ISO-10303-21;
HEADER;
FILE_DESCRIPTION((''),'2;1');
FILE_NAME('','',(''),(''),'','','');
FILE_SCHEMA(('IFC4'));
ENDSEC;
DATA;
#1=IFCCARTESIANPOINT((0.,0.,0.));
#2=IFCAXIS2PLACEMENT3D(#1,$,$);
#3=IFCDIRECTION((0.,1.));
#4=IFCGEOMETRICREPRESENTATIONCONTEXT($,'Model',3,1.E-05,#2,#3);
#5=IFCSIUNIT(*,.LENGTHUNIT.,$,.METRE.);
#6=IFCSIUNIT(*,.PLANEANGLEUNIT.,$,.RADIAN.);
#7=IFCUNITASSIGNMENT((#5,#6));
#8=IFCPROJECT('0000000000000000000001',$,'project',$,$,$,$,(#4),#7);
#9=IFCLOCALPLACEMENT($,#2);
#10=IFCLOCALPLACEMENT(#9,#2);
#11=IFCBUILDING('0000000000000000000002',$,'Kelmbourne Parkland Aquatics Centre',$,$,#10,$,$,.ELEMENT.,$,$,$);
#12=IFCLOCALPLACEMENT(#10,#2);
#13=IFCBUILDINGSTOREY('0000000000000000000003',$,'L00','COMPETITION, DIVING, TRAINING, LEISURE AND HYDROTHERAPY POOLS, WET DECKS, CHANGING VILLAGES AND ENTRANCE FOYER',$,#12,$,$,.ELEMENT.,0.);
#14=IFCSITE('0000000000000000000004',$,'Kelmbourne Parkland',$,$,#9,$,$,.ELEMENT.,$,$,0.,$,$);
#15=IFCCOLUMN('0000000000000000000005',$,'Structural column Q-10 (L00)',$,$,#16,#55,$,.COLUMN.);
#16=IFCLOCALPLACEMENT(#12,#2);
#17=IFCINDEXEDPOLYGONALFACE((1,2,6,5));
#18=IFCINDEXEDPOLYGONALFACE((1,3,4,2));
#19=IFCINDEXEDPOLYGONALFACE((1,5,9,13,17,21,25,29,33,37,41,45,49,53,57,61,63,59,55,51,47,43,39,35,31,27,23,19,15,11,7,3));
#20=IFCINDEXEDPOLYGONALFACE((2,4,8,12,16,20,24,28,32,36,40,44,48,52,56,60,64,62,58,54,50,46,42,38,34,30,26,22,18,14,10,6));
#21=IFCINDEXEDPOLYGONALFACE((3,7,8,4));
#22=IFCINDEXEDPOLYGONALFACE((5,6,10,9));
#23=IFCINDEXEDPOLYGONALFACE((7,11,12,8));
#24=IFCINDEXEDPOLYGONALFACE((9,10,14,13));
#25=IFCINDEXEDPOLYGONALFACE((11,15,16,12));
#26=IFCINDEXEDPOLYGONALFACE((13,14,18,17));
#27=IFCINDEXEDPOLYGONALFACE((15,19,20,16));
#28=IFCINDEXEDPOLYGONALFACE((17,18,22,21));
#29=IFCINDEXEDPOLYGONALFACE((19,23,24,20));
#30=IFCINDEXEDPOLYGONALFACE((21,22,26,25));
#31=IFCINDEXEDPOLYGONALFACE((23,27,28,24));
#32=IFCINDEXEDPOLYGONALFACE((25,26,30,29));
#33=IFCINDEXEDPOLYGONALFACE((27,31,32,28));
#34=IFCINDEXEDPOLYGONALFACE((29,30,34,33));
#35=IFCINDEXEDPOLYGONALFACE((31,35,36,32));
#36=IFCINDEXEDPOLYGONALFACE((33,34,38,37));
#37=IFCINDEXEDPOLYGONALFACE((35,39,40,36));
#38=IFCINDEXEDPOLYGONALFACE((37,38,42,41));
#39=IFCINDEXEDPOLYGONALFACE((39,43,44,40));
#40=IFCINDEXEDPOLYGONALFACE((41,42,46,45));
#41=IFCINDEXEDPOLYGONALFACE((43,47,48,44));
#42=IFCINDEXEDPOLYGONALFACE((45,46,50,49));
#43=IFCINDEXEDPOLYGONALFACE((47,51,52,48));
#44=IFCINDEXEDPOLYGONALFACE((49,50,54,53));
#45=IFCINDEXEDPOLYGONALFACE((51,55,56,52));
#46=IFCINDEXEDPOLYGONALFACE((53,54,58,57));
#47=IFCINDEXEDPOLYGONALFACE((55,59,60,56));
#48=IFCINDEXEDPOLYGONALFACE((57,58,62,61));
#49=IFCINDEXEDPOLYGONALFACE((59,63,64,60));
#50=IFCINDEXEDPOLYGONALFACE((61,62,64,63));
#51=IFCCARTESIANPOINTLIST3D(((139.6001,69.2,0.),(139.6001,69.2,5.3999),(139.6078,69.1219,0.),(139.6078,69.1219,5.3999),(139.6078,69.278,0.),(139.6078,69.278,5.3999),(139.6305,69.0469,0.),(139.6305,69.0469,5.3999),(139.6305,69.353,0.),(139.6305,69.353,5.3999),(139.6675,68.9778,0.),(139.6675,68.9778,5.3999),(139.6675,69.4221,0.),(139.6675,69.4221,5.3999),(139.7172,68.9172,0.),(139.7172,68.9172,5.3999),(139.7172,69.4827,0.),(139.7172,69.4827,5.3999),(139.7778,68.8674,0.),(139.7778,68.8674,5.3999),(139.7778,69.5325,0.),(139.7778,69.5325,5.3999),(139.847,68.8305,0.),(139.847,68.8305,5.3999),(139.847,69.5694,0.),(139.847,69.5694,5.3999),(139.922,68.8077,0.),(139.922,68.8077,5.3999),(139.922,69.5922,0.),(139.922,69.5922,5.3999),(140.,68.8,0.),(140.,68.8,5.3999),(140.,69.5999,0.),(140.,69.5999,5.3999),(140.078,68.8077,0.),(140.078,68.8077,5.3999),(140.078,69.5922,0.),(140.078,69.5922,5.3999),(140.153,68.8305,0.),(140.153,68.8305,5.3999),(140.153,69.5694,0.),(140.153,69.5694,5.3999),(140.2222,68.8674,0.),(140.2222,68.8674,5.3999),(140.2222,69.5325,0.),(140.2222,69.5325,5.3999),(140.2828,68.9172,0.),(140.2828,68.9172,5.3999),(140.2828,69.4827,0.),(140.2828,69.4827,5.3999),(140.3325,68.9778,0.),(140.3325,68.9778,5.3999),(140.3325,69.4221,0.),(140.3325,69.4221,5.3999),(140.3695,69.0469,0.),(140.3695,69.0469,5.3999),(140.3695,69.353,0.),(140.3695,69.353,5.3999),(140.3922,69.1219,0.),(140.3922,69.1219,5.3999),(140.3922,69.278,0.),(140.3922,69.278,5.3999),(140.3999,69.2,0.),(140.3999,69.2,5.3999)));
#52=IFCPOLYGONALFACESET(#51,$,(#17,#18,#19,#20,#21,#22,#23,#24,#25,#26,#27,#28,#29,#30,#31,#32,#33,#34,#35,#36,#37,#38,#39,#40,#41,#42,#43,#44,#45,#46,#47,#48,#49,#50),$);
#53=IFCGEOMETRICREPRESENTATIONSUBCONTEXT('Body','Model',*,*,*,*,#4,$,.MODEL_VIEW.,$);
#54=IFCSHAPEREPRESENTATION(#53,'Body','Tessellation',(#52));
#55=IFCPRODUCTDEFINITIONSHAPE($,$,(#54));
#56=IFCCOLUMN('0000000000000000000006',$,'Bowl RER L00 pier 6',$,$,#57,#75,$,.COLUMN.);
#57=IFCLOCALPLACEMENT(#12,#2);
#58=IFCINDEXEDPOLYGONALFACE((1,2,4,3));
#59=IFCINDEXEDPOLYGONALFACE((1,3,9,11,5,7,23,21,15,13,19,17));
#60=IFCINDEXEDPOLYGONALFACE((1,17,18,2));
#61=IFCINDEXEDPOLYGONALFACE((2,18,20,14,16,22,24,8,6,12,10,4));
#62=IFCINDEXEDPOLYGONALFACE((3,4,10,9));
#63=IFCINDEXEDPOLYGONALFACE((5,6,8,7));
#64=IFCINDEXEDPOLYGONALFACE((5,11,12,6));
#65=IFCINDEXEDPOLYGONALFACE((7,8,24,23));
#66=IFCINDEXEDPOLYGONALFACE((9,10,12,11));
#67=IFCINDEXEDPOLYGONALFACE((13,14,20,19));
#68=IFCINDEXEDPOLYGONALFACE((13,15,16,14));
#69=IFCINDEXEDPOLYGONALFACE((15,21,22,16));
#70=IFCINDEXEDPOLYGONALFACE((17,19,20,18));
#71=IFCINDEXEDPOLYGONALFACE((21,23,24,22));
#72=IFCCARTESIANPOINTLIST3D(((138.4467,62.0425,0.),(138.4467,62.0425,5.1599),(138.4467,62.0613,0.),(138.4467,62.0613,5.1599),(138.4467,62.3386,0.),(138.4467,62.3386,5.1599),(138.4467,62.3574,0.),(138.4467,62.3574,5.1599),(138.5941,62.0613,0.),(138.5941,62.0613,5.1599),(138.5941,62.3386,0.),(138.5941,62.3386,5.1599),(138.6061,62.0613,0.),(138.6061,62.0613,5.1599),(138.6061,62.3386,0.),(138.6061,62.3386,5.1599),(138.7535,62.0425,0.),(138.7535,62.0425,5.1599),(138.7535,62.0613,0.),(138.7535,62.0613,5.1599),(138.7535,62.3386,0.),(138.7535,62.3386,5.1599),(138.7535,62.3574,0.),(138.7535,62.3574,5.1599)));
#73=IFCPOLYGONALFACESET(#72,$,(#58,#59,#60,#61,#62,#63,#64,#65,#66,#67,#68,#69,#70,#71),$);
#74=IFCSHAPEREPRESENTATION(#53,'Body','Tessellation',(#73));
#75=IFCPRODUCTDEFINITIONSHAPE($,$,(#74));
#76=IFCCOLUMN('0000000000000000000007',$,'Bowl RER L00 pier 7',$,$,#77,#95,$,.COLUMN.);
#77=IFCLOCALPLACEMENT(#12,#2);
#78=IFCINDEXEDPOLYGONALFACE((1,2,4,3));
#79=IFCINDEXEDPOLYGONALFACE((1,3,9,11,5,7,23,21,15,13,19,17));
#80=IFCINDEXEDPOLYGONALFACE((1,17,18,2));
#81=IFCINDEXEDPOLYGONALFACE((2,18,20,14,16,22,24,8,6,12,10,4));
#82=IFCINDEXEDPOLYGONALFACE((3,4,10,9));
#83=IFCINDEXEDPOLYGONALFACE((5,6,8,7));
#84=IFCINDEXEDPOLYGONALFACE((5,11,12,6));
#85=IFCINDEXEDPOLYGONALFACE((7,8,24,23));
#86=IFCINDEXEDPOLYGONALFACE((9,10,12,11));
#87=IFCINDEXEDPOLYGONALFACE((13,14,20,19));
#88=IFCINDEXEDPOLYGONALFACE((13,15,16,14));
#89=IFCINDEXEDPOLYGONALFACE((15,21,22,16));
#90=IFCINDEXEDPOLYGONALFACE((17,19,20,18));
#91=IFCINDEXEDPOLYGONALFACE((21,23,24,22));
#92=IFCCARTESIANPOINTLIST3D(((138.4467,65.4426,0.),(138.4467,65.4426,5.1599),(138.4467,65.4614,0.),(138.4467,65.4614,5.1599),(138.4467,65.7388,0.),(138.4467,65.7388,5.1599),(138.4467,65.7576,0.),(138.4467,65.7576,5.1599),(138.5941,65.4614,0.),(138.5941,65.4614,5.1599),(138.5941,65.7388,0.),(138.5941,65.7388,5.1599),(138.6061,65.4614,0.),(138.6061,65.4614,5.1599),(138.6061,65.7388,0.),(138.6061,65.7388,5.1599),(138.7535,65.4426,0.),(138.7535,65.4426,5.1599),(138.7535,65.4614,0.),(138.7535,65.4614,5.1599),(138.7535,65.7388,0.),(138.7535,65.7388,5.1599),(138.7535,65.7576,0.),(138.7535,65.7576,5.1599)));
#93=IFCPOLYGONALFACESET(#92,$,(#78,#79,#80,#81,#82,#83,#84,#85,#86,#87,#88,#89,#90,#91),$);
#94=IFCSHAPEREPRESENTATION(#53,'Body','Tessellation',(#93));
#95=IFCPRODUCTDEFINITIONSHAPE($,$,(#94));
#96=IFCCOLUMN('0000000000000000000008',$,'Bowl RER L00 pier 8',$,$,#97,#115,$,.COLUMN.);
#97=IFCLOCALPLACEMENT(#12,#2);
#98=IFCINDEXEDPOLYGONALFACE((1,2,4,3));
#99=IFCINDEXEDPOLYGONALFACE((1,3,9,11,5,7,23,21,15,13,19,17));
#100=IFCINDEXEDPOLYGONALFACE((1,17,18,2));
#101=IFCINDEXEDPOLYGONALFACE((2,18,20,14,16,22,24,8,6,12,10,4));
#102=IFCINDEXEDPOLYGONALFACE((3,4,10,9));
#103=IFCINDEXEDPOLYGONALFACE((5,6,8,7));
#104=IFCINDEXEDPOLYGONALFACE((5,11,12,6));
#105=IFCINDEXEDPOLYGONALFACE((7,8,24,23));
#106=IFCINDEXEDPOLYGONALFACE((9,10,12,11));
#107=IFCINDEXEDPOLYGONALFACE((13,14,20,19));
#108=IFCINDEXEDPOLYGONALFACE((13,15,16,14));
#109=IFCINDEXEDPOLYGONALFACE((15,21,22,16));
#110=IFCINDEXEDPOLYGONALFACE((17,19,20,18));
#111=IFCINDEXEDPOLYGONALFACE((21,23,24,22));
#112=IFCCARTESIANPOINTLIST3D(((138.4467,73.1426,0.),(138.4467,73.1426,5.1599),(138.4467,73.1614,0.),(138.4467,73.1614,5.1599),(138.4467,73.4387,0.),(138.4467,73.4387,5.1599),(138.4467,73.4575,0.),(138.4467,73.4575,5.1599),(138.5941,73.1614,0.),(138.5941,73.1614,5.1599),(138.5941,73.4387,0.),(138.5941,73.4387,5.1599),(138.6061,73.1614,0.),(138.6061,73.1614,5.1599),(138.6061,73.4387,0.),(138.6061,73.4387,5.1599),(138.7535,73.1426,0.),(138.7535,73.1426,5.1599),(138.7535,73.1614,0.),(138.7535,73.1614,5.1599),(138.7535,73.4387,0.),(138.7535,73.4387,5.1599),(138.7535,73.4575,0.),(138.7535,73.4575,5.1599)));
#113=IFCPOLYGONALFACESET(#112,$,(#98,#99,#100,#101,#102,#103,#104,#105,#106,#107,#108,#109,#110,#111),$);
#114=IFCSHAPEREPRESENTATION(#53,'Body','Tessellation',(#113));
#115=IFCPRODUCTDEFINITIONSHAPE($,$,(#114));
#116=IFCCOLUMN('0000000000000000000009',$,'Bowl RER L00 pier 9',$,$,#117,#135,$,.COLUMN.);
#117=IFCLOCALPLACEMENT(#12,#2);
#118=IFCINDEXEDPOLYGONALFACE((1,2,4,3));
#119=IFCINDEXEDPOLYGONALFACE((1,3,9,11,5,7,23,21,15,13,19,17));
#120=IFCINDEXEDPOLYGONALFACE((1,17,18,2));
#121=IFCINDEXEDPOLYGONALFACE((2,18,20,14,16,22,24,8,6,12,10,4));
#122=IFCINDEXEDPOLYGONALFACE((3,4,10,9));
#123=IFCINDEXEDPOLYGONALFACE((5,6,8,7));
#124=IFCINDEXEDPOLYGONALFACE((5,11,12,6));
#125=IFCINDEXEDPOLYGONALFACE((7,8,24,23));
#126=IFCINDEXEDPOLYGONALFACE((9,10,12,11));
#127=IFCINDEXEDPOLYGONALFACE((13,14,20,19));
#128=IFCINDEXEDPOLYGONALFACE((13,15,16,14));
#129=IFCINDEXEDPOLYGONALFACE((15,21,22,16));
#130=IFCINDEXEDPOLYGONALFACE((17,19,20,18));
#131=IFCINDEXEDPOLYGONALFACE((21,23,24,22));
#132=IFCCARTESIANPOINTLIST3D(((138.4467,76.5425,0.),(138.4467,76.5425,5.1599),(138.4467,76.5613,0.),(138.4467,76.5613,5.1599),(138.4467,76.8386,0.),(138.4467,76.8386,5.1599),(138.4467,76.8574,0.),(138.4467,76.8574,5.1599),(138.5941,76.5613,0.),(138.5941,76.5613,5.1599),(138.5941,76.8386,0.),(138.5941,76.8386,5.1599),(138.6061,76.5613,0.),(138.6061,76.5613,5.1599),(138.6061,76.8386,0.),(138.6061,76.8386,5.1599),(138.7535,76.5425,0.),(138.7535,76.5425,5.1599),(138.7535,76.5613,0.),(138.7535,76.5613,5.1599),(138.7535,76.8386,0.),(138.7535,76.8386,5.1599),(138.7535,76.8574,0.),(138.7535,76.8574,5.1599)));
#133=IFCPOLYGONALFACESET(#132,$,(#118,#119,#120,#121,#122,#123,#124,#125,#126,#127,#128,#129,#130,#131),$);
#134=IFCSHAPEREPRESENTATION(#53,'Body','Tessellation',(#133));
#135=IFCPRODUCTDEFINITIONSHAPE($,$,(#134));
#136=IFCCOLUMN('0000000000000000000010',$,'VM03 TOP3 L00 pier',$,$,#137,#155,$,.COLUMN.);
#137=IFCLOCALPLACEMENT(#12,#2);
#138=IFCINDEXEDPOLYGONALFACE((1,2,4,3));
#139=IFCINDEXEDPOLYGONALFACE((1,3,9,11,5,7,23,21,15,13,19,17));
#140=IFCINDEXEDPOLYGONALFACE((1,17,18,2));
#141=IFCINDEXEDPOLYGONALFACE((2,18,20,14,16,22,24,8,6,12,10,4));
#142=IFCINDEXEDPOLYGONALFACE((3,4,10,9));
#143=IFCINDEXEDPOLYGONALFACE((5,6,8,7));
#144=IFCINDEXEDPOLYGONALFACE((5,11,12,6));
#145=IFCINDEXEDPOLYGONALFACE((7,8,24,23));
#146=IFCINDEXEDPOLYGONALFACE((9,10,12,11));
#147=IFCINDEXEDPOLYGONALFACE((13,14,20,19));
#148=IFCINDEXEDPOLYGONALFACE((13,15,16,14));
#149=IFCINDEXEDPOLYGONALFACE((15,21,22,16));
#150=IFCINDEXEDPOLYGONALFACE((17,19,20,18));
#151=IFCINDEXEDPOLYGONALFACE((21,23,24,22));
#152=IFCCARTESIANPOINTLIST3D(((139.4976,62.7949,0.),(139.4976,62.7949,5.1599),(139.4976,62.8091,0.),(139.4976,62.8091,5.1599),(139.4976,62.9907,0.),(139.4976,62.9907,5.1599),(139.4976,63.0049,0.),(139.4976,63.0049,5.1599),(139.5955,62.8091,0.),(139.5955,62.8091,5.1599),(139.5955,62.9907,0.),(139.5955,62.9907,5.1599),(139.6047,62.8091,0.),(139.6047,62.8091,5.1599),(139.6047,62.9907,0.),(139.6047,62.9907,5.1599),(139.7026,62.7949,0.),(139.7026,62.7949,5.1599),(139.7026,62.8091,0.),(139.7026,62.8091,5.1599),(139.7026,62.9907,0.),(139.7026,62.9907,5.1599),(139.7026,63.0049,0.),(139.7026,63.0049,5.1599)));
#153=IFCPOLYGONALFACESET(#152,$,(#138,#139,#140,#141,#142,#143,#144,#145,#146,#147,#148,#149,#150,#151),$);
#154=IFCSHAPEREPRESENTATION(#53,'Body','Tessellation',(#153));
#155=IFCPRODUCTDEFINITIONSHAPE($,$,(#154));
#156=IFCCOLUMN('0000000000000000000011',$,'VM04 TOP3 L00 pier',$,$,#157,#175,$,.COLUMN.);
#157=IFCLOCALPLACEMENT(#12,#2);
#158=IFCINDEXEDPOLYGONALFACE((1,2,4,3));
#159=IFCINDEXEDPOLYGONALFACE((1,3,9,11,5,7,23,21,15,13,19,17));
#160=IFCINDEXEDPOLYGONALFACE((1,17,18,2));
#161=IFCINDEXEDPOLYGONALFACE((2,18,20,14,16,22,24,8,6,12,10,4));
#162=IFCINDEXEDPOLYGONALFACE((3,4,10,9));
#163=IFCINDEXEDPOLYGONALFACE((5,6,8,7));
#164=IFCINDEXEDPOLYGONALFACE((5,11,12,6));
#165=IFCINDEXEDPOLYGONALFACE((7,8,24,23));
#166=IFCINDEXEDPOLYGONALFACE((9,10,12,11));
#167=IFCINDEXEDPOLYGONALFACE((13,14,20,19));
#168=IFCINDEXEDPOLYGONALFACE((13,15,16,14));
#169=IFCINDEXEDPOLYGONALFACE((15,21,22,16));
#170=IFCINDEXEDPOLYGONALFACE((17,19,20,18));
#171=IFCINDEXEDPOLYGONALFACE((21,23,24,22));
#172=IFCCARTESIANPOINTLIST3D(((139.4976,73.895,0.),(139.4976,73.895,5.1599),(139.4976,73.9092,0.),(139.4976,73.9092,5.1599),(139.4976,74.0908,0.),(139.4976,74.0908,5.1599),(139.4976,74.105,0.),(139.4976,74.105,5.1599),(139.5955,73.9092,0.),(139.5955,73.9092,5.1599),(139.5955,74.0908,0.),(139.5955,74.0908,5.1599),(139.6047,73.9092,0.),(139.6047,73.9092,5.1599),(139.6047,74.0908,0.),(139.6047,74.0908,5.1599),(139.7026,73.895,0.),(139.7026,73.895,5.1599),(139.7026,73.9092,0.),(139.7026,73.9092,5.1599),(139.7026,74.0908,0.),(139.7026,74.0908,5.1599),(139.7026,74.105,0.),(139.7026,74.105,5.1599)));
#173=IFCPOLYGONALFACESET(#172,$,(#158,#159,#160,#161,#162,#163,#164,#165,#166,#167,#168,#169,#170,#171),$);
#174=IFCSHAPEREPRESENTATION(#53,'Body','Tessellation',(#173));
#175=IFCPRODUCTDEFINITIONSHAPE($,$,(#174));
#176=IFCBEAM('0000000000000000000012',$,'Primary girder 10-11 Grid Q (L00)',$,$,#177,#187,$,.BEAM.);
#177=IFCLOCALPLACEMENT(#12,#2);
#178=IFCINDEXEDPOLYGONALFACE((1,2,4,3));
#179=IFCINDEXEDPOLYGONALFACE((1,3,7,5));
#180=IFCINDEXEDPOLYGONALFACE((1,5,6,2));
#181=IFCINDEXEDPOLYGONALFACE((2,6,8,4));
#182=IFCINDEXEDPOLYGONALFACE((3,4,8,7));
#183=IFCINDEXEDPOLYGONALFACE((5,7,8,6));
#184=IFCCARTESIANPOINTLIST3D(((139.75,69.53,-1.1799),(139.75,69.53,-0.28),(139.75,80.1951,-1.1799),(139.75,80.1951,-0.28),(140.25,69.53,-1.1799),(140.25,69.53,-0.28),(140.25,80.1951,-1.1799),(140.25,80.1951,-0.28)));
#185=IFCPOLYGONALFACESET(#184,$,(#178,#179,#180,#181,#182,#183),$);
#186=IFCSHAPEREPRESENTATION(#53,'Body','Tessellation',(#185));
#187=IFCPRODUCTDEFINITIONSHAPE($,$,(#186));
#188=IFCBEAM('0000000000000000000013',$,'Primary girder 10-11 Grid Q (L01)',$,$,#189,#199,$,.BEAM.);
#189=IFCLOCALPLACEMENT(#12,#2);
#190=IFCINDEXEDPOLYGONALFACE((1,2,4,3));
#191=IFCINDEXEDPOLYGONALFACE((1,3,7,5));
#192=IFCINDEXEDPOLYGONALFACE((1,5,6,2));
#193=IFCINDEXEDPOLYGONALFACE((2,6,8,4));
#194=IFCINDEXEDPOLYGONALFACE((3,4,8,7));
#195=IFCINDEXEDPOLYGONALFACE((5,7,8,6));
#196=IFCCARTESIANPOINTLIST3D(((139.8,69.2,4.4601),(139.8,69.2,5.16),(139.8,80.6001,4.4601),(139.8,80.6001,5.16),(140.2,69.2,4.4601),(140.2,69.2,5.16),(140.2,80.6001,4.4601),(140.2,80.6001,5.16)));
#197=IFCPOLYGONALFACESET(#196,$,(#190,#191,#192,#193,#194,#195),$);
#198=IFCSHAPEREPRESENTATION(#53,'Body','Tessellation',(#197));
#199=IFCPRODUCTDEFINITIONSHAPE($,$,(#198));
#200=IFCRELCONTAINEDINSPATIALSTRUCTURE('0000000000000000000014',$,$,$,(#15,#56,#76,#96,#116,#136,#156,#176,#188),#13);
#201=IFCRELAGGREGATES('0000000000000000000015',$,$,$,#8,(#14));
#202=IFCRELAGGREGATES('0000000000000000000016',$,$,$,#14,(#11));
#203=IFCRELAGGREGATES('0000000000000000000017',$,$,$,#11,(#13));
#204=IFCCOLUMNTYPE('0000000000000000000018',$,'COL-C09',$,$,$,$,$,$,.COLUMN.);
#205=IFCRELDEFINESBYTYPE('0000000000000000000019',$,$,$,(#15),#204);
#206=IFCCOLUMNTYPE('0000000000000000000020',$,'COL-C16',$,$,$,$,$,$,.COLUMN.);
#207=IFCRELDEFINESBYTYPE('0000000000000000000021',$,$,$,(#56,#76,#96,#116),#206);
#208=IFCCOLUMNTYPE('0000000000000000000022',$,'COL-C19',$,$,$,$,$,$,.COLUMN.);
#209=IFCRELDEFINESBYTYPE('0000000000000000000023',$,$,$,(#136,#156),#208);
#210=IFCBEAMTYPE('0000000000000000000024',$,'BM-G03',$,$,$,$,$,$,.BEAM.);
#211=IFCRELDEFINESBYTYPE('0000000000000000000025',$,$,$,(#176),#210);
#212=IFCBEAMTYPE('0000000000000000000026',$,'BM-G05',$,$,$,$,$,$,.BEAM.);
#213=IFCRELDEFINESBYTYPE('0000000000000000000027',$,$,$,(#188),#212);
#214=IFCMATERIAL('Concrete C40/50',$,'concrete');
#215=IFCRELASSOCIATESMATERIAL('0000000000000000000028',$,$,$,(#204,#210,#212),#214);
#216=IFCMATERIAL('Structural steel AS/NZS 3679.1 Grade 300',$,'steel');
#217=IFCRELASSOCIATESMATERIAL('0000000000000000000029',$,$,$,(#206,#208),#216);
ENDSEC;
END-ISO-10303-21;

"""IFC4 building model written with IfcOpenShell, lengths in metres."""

from ifc_helpers import new_model, si_unit, direction, frame, origin, origin_2d, place, context, subcontext, project, spatial, rectangle, circle, i_section, extrude, material, material_profile, profile_set, type_object, element, save


model = new_model("IFC4")

# Units and contexts
model_context = context("Model", 3, precision=1e-05, world=origin(), true_north=direction((0.0, 1.0)))
body_context = subcontext(model_context, "Body", "Model", "MODEL_VIEW")
ifc_project = project(units=[si_unit("LENGTHUNIT", "METRE"), si_unit("PLANEANGLEUNIT", "RADIAN")], contexts=[model_context])

# Site, building, storey
site_placement = place(None, origin())
site = spatial("IfcSite", under=ifc_project, at=site_placement, Name="Kelmbourne Parkland", CompositionType="ELEMENT", RefElevation=0.0)
building_placement = place(site_placement, origin())
building = spatial("IfcBuilding", under=site, at=building_placement, Name="Kelmbourne Parkland Aquatics Centre", CompositionType="ELEMENT")
storey_placement = place(building_placement, origin())
storey = spatial("IfcBuildingStorey", under=building, at=storey_placement, Name="L00", Description="COMPETITION, DIVING, TRAINING, LEISURE AND HYDROTHERAPY POOLS, WET DECKS, CHANGING VILLAGES AND ENTRANCE FOYER", CompositionType="ELEMENT", Elevation=0.0)

# Columns
ifc_material_1 = material(Name="Concrete C40/50", Category="concrete")
ifc_material_profile_1 = material_profile(ifc_material_1, circle(Radius=0.3999, at=origin_2d()), Name="RC D800")
ifc_profile_set_1 = profile_set([ifc_material_profile_1], Name="Concrete C40/50")
column_type_1 = type_object("IfcColumnType", Name="COL-C09", PredefinedType="COLUMN", material=ifc_profile_set_1)
column_placement = place(storey_placement, frame((140.0, 69.2, 0.0), z_axis=(0.0, 0.0, 1.0), x_axis=(1.0, 0.0, 0.0)))
element("IfcColumn", 1, at=column_placement, inside=storey, type_object=column_type_1, Name="Structural column Q-10 (L00)", PredefinedType="COLUMN", context=body_context, shape_type="SweptSolid", body=[
    extrude(circle(Radius=0.3999, at=origin_2d()), origin(), (0.0, 0.0, 1.0), 5.3999),
])
ifc_material_2 = material(Name="Structural steel AS/NZS 3679.1 Grade 300", Category="steel")
ifc_material_profile_2 = material_profile(ifc_material_2, i_section(OverallWidth=0.3069, OverallDepth=0.3149, WebThickness=0.012, FlangeThickness=0.0188, at=origin_2d()), Name="310UC118")
ifc_profile_set_2 = profile_set([ifc_material_profile_2], Name="Structural steel AS/NZS 3679.1 Grade 300")
column_type_2 = type_object("IfcColumnType", Name="COL-C16", PredefinedType="COLUMN", material=ifc_profile_set_2)
for number, where, z_axis, x_axis, name in (
    (2, (138.6001, 62.2, 0.0), (0.0, 0.0, 1.0), (1.0, 0.0, 0.0), "Bowl RER L00 pier 6"),
    (3, (138.6001, 65.6001, 0.0), (0.0, 0.0, 1.0), (1.0, 0.0, 0.0), "Bowl RER L00 pier 7"),
    (4, (138.6001, 73.3, 0.0), (0.0, 0.0, 1.0), (1.0, 0.0, 0.0), "Bowl RER L00 pier 8"),
    (5, (138.6001, 76.7, 0.0), (0.0, 0.0, 1.0), (1.0, 0.0, 0.0), "Bowl RER L00 pier 9"),
):
    element("IfcColumn", number, at=place(storey_placement, frame(where, z_axis=z_axis, x_axis=x_axis)), inside=storey, type_object=column_type_2, Name=name, PredefinedType="COLUMN", context=body_context, shape_type="SweptSolid", body=[
        extrude(i_section(OverallWidth=0.3069, OverallDepth=0.3149, WebThickness=0.012, FlangeThickness=0.0188, at=origin_2d()), origin(), (0.0, 0.0, 1.0), 5.1599),
    ])
ifc_material_profile_3 = material_profile(ifc_material_2, i_section(OverallWidth=0.2051, OverallDepth=0.21, WebThickness=0.0093, FlangeThickness=0.0142, at=origin_2d()), Name="200UC59.5")
ifc_profile_set_3 = profile_set([ifc_material_profile_3], Name="Structural steel AS/NZS 3679.1 Grade 300")
column_type_3 = type_object("IfcColumnType", Name="COL-C19", PredefinedType="COLUMN", material=ifc_profile_set_3)
for number, where, z_axis, x_axis, name in (
    (6, (139.6001, 62.8999, 0.0), (0.0, 0.0, 1.0), (1.0, 0.0, 0.0), "VM03 TOP3 L00 pier"),
    (7, (139.6001, 74.0, 0.0), (0.0, 0.0, 1.0), (1.0, 0.0, 0.0), "VM04 TOP3 L00 pier"),
):
    element("IfcColumn", number, at=place(storey_placement, frame(where, z_axis=z_axis, x_axis=x_axis)), inside=storey, type_object=column_type_3, Name=name, PredefinedType="COLUMN", context=body_context, shape_type="SweptSolid", body=[
        extrude(i_section(OverallWidth=0.2051, OverallDepth=0.21, WebThickness=0.0093, FlangeThickness=0.0142, at=origin_2d()), origin(), (0.0, 0.0, 1.0), 5.1599),
    ])

# Beams
ifc_material_profile_4 = material_profile(ifc_material_1, rectangle(XDim=0.5, YDim=0.8999, at=origin_2d()), Name="RC 500x900")
ifc_profile_set_4 = profile_set([ifc_material_profile_4], Name="Concrete C40/50")
beam_type_1 = type_object("IfcBeamType", Name="BM-G03", PredefinedType="BEAM", material=ifc_profile_set_4)
beam_1_placement = place(storey_placement, frame((140.0, 69.53, -0.73), z_axis=(0.0, 1.0, 0.0), x_axis=(-1.0, 0.0, 0.0)))
element("IfcBeam", 8, at=beam_1_placement, inside=storey, type_object=beam_type_1, Name="Primary girder 10-11 Grid Q (L00)", PredefinedType="BEAM", context=body_context, shape_type="SweptSolid", body=[
    extrude(rectangle(XDim=0.5, YDim=0.8999, at=origin_2d()), origin(), (0.0, 0.0, 1.0), 10.665),
])
ifc_material_profile_5 = material_profile(ifc_material_1, rectangle(XDim=0.3999, YDim=0.7, at=origin_2d()), Name="RC 400x700")
ifc_profile_set_5 = profile_set([ifc_material_profile_5], Name="Concrete C40/50")
beam_type_2 = type_object("IfcBeamType", Name="BM-G05", PredefinedType="BEAM", material=ifc_profile_set_5)
beam_2_placement = place(storey_placement, frame((140.0, 69.2, 4.8101), z_axis=(0.0, 1.0, 0.0), x_axis=(-1.0, 0.0, 0.0)))
element("IfcBeam", 9, at=beam_2_placement, inside=storey, type_object=beam_type_2, Name="Primary girder 10-11 Grid Q (L01)", PredefinedType="BEAM", context=body_context, shape_type="SweptSolid", body=[
    extrude(rectangle(XDim=0.3999, YDim=0.7, at=origin_2d()), origin(), (0.0, 0.0, 1.0), 11.4001),
])

save(model, "model.ifc")
